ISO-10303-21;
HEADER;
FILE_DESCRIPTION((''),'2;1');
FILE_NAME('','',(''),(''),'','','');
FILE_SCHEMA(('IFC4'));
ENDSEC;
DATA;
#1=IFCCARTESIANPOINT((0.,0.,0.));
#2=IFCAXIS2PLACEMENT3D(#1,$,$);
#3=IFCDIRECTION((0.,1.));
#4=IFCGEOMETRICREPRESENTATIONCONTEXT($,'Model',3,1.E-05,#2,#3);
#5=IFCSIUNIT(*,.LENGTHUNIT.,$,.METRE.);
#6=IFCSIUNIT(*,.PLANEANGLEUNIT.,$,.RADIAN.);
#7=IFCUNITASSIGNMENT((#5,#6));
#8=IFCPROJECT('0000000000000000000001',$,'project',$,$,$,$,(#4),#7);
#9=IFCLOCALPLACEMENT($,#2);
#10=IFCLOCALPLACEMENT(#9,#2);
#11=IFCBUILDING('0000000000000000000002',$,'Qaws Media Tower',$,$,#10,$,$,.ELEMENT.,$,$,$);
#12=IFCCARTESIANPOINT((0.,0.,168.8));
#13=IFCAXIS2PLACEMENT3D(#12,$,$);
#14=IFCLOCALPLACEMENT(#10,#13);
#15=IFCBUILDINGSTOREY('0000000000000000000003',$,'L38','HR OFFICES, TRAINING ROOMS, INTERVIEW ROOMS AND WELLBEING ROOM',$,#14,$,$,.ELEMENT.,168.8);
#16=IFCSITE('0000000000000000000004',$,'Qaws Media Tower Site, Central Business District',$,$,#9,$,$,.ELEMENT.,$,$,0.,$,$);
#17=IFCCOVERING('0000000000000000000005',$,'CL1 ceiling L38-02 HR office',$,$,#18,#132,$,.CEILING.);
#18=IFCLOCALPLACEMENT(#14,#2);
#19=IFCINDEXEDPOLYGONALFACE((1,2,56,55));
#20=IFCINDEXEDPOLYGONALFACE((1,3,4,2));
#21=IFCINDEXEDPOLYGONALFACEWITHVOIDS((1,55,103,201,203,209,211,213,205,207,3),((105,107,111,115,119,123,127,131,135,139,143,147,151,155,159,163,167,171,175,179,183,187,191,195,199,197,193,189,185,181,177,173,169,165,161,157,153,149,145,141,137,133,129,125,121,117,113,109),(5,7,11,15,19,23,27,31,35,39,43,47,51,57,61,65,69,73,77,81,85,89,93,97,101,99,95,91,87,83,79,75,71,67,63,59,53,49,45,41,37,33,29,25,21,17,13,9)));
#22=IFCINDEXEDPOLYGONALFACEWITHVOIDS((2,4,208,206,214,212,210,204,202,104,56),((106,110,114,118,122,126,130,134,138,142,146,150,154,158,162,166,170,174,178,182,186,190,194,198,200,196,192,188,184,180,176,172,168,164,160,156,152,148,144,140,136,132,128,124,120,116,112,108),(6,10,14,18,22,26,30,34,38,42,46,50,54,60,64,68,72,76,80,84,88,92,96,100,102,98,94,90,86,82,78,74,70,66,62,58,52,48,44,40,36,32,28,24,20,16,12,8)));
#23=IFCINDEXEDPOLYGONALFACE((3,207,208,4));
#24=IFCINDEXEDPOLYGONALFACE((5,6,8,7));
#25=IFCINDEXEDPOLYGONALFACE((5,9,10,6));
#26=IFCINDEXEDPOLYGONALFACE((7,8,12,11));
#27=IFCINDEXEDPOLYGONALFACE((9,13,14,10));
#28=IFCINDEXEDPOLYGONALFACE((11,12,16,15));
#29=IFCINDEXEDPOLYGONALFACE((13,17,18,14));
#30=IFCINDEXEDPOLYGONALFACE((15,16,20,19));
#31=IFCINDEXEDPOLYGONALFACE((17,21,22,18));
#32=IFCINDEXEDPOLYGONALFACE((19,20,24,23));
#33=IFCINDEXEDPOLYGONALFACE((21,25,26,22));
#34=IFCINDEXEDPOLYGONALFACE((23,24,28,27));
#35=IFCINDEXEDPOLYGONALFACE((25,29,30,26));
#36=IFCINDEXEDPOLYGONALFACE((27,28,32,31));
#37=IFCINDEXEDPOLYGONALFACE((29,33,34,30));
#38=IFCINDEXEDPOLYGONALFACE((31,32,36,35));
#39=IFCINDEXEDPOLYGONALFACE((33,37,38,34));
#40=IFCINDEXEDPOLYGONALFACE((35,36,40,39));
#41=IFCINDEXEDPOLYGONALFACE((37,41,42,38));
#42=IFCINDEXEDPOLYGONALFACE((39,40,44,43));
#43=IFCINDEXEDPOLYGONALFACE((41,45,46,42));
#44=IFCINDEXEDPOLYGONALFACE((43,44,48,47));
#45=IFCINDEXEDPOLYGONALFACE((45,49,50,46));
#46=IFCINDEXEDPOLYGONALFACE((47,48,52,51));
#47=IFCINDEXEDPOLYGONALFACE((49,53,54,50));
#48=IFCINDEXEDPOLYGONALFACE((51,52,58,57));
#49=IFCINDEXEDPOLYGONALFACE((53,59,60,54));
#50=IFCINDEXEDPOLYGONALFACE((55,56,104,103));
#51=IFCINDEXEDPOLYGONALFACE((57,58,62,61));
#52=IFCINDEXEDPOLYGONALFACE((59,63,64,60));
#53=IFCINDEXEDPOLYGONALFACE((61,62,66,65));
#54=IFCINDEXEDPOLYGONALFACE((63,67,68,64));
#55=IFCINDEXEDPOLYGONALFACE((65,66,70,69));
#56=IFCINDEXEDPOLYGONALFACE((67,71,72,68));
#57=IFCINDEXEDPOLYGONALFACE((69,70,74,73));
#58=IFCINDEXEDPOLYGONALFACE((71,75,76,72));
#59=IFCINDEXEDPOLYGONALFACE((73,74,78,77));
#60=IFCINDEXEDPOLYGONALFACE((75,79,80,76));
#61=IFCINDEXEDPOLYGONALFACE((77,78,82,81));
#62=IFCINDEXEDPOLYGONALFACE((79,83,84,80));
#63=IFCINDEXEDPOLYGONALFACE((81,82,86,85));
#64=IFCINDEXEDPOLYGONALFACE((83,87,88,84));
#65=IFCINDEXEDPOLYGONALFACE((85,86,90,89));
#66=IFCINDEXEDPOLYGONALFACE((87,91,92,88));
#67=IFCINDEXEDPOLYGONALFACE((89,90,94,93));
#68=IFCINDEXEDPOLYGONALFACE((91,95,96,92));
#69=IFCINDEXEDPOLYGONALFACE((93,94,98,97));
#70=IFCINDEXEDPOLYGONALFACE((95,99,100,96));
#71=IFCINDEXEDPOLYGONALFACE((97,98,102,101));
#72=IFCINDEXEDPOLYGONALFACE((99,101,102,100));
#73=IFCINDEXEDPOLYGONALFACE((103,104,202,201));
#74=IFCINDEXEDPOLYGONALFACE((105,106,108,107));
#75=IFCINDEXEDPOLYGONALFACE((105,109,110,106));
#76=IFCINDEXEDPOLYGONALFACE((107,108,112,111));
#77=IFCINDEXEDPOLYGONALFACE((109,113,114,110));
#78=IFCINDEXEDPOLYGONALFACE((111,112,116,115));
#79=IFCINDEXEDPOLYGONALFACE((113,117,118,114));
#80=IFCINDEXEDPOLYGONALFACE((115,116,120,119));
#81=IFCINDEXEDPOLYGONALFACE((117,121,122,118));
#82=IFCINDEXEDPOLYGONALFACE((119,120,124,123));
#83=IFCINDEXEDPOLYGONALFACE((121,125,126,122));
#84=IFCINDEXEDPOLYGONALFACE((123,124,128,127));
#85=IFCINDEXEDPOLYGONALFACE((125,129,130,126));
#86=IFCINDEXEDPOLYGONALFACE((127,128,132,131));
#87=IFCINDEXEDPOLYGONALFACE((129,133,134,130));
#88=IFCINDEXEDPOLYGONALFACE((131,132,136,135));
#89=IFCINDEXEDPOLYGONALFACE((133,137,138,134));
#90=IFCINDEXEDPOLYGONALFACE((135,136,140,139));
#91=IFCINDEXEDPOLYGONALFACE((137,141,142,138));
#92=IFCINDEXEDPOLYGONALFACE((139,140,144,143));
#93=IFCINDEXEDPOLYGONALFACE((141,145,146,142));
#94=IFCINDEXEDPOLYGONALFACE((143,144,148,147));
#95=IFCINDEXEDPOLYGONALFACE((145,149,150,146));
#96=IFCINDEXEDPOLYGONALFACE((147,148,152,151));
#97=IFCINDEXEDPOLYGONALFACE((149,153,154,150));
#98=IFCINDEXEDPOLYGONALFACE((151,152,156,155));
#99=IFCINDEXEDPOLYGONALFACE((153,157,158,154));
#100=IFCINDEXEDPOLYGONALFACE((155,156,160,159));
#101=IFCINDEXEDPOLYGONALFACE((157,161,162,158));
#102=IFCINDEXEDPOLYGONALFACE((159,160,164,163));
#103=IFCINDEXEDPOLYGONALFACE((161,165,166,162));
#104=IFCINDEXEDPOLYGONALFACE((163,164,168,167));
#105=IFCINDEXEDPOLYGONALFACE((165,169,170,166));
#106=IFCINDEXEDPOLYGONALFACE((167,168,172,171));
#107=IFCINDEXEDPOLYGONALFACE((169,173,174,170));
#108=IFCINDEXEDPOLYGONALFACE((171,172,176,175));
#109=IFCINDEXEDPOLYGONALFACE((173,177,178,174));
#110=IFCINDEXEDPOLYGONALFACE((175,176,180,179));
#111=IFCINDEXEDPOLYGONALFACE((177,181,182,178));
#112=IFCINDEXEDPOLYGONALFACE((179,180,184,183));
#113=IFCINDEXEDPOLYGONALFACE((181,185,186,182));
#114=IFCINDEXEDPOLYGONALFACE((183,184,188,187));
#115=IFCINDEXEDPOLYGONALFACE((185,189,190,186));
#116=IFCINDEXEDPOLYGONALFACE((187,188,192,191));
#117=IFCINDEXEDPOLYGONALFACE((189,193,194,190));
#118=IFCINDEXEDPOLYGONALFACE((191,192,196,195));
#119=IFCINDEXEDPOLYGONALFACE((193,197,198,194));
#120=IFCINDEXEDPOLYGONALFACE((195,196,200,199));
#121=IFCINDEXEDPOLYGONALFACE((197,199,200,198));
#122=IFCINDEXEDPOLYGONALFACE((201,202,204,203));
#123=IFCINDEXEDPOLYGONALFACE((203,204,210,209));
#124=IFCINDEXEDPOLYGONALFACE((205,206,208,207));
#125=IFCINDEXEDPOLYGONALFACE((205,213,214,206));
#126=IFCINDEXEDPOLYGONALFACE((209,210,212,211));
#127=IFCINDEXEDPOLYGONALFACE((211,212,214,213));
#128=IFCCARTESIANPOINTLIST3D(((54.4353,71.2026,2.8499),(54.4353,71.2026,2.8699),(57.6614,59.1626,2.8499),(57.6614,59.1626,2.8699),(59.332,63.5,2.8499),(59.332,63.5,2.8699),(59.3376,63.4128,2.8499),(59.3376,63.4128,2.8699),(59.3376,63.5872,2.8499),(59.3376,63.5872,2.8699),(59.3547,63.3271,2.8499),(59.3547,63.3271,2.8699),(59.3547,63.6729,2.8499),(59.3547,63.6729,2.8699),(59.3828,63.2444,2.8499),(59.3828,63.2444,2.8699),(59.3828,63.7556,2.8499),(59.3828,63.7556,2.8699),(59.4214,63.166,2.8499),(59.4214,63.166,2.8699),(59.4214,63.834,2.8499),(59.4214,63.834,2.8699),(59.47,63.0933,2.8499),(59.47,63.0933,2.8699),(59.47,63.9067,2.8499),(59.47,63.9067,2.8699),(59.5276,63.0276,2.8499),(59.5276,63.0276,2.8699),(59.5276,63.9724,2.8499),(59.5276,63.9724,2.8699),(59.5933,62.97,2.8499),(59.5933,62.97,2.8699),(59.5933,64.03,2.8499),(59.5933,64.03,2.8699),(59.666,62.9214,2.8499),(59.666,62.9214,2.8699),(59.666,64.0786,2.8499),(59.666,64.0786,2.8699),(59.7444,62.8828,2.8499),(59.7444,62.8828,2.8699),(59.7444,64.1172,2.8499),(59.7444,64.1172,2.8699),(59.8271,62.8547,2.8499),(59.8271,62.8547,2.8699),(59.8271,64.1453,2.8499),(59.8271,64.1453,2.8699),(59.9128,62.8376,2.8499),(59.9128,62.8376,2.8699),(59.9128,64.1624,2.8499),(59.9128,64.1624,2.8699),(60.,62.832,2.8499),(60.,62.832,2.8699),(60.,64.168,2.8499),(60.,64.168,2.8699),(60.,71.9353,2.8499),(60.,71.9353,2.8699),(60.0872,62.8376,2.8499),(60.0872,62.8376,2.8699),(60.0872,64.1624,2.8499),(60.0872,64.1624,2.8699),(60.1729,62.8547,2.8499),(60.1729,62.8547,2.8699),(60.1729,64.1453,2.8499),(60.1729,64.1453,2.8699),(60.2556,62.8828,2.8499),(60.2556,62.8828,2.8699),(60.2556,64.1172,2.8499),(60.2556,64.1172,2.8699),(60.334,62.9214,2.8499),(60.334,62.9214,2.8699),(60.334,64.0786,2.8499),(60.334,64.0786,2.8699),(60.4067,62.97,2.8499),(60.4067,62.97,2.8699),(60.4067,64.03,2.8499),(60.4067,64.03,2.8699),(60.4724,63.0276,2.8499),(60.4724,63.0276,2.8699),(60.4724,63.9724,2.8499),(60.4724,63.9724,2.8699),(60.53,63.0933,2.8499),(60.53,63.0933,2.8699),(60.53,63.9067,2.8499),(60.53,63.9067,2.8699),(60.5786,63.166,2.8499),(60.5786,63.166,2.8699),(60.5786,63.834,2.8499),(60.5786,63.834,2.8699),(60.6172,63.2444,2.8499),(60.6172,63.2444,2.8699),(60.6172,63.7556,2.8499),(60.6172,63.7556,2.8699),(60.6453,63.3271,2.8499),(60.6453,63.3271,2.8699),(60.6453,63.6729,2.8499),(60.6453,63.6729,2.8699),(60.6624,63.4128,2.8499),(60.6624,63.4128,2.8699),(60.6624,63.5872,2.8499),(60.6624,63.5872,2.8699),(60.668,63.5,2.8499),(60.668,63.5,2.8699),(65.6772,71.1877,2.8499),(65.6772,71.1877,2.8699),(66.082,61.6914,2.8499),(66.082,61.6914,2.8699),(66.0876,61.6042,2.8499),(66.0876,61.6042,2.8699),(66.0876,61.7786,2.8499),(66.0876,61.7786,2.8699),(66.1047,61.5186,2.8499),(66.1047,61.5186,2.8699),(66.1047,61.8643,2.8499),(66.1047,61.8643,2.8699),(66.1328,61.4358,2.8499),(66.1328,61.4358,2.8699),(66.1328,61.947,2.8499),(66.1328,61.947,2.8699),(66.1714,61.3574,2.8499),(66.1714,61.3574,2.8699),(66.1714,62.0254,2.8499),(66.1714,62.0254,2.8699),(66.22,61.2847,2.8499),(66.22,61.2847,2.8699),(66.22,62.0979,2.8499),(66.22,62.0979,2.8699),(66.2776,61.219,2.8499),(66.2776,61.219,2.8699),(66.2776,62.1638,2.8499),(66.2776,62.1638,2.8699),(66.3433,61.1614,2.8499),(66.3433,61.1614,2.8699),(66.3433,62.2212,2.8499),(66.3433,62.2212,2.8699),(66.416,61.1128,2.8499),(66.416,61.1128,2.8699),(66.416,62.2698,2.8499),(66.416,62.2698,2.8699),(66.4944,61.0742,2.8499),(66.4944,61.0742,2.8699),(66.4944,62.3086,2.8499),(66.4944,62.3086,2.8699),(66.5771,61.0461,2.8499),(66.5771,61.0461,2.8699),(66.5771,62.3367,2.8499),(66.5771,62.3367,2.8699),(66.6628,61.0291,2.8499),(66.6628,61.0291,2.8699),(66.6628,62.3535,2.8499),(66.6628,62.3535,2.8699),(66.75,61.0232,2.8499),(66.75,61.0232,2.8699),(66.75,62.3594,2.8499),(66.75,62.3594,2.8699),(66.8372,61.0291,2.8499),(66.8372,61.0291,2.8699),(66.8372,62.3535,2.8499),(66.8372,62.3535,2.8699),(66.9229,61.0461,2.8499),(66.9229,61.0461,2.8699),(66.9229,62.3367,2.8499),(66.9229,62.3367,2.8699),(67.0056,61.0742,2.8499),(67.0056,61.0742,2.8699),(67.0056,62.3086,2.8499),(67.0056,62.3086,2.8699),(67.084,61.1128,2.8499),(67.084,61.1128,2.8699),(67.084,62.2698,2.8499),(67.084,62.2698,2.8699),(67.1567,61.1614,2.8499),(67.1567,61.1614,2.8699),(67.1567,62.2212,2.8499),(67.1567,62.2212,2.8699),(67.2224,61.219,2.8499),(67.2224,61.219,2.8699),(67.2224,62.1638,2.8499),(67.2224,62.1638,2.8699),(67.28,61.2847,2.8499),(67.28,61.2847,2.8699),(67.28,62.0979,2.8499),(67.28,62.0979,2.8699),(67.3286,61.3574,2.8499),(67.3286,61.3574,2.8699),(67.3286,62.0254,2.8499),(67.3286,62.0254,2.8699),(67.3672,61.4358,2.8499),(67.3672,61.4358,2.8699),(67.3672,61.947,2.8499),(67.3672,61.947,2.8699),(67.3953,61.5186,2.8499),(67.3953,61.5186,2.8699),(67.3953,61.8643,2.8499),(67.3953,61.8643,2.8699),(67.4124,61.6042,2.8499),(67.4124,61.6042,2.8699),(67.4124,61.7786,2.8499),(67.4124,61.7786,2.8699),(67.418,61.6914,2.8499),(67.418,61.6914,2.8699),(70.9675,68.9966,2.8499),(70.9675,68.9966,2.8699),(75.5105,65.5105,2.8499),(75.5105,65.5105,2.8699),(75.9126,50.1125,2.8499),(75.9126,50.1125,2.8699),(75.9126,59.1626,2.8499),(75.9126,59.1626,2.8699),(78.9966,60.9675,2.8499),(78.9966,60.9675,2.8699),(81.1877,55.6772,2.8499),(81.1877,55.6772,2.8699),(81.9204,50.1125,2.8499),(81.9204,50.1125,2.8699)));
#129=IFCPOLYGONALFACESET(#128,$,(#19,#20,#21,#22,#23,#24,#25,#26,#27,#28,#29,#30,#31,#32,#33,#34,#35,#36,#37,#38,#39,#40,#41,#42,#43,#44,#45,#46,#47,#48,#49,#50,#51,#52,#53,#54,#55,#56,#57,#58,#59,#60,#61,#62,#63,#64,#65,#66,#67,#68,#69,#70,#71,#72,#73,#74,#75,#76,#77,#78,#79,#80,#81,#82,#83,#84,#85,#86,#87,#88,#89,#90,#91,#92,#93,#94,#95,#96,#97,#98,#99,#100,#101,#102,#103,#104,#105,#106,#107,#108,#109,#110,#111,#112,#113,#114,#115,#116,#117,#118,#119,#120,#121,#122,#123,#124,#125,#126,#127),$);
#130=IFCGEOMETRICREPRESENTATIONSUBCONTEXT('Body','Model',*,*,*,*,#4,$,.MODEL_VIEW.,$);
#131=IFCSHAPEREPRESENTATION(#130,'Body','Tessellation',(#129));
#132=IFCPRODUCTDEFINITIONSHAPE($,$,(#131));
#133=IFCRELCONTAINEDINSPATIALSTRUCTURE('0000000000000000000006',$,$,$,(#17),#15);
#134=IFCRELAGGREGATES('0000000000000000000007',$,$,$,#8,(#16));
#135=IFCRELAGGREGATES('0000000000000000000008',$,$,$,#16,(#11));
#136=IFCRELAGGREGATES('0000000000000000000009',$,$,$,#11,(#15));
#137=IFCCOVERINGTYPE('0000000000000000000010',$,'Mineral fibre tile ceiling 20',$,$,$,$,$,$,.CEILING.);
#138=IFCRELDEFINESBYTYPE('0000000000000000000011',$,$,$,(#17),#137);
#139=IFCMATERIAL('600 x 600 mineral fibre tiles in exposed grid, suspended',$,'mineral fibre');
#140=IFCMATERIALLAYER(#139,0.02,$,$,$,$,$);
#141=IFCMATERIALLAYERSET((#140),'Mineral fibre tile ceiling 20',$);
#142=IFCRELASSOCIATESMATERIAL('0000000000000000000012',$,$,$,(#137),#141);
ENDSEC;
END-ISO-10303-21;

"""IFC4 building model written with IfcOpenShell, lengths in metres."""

from ifc_helpers import new_model, si_unit, direction, frame, origin, place, context, subcontext, project, spatial, polyline, outline, extrude, material, layer, layer_set, type_object, element, save


model = new_model("IFC4")

# Units and contexts
model_context = context("Model", 3, precision=1e-05, world=origin(), true_north=direction((0.0, 1.0)))
body_context = subcontext(model_context, "Body", "Model", "MODEL_VIEW")
ifc_project = project(units=[si_unit("LENGTHUNIT", "METRE"), si_unit("PLANEANGLEUNIT", "RADIAN")], contexts=[model_context])

# Site, building, storey
site_placement = place(None, origin())
site = spatial("IfcSite", under=ifc_project, at=site_placement, Name="Qaws Media Tower Site, Central Business District", CompositionType="ELEMENT", RefElevation=0.0)
building_placement = place(site_placement, origin())
building = spatial("IfcBuilding", under=site, at=building_placement, Name="Qaws Media Tower", CompositionType="ELEMENT")
storey_placement = place(building_placement, frame((0.0, 0.0, 168.8)))
storey = spatial("IfcBuildingStorey", under=building, at=storey_placement, Name="L38", Description="HR OFFICES, TRAINING ROOMS, INTERVIEW ROOMS AND WELLBEING ROOM", CompositionType="ELEMENT", Elevation=168.8)

# Covering
ifc_material_1 = material(Name="600 x 600 mineral fibre tiles in exposed grid, suspended", Category="mineral fibre")
ifc_layer_1 = layer(ifc_material_1, 0.02)
ifc_layer_set_1 = layer_set([ifc_layer_1], Name="Mineral fibre tile ceiling 20")
covering_type_1 = type_object("IfcCoveringType", Name="Mineral fibre tile ceiling 20", PredefinedType="CEILING", material=ifc_layer_set_1)
covering_1_placement = place(storey_placement, frame((0.0, 0.0, 2.8499)))
element("IfcCovering", 1, at=covering_1_placement, inside=storey, type_object=covering_type_1, Name="CL1 ceiling L38-02 HR office", PredefinedType="CEILING", context=body_context, shape_type="SweptSolid", body=[
    extrude(outline(polyline([(60.0, 71.9353), (65.6772, 71.1877), (70.9675, 68.9966), (75.5105, 65.5105), (78.9966, 60.9675), (81.1877, 55.6772), (81.9204, 50.1125), (75.9126, 50.1125), (75.9126, 59.1626), (57.6614, 59.1626), (54.4353, 71.2026), (60.0, 71.9353)]), holes=[polyline([(60.6172, 63.2444), (60.6453, 63.3271), (60.6624, 63.4128), (60.668, 63.5), (60.6624, 63.5872), (60.6453, 63.6729), (60.6172, 63.7556), (60.5786, 63.834), (60.53, 63.9067), (60.4724, 63.9724), (60.4067, 64.03), (60.334, 64.0786), (60.2556, 64.1172), (60.1729, 64.1453), (60.0872, 64.1624), (60.0, 64.168), (59.9128, 64.1624), (59.8271, 64.1453), (59.7444, 64.1172), (59.666, 64.0786), (59.5933, 64.03), (59.5276, 63.9724), (59.47, 63.9067), (59.4214, 63.834), (59.3828, 63.7556), (59.3547, 63.6729), (59.3376, 63.5872), (59.332, 63.5), (59.3376, 63.4128), (59.3547, 63.3271), (59.3828, 63.2444), (59.4214, 63.166), (59.47, 63.0933), (59.5276, 63.0276), (59.5933, 62.97), (59.666, 62.9214), (59.7444, 62.8828), (59.8271, 62.8547), (59.9128, 62.8376), (60.0, 62.832), (60.0872, 62.8376), (60.1729, 62.8547), (60.2556, 62.8828), (60.334, 62.9214), (60.4067, 62.97), (60.4724, 63.0276), (60.53, 63.0933), (60.5786, 63.166), (60.6172, 63.2444)]), polyline([(67.3672, 61.4358), (67.3953, 61.5186), (67.4124, 61.6042), (67.418, 61.6914), (67.4124, 61.7786), (67.3953, 61.8643), (67.3672, 61.947), (67.3286, 62.0254), (67.28, 62.0979), (67.2224, 62.1638), (67.1567, 62.2212), (67.084, 62.2698), (67.0056, 62.3086), (66.9229, 62.3367), (66.8372, 62.3535), (66.75, 62.3594), (66.6628, 62.3535), (66.5771, 62.3367), (66.4944, 62.3086), (66.416, 62.2698), (66.3433, 62.2212), (66.2776, 62.1638), (66.22, 62.0979), (66.1714, 62.0254), (66.1328, 61.947), (66.1047, 61.8643), (66.0876, 61.7786), (66.082, 61.6914), (66.0876, 61.6042), (66.1047, 61.5186), (66.1328, 61.4358), (66.1714, 61.3574), (66.22, 61.2847), (66.2776, 61.219), (66.3433, 61.1614), (66.416, 61.1128), (66.4944, 61.0742), (66.5771, 61.0461), (66.6628, 61.0291), (66.75, 61.0232), (66.8372, 61.0291), (66.9229, 61.0461), (67.0056, 61.0742), (67.084, 61.1128), (67.1567, 61.1614), (67.2224, 61.219), (67.28, 61.2847), (67.3286, 61.3574), (67.3672, 61.4358)])]), origin(), (0.0, 0.0, 1.0), 0.02),
])

save(model, "model.ifc")
